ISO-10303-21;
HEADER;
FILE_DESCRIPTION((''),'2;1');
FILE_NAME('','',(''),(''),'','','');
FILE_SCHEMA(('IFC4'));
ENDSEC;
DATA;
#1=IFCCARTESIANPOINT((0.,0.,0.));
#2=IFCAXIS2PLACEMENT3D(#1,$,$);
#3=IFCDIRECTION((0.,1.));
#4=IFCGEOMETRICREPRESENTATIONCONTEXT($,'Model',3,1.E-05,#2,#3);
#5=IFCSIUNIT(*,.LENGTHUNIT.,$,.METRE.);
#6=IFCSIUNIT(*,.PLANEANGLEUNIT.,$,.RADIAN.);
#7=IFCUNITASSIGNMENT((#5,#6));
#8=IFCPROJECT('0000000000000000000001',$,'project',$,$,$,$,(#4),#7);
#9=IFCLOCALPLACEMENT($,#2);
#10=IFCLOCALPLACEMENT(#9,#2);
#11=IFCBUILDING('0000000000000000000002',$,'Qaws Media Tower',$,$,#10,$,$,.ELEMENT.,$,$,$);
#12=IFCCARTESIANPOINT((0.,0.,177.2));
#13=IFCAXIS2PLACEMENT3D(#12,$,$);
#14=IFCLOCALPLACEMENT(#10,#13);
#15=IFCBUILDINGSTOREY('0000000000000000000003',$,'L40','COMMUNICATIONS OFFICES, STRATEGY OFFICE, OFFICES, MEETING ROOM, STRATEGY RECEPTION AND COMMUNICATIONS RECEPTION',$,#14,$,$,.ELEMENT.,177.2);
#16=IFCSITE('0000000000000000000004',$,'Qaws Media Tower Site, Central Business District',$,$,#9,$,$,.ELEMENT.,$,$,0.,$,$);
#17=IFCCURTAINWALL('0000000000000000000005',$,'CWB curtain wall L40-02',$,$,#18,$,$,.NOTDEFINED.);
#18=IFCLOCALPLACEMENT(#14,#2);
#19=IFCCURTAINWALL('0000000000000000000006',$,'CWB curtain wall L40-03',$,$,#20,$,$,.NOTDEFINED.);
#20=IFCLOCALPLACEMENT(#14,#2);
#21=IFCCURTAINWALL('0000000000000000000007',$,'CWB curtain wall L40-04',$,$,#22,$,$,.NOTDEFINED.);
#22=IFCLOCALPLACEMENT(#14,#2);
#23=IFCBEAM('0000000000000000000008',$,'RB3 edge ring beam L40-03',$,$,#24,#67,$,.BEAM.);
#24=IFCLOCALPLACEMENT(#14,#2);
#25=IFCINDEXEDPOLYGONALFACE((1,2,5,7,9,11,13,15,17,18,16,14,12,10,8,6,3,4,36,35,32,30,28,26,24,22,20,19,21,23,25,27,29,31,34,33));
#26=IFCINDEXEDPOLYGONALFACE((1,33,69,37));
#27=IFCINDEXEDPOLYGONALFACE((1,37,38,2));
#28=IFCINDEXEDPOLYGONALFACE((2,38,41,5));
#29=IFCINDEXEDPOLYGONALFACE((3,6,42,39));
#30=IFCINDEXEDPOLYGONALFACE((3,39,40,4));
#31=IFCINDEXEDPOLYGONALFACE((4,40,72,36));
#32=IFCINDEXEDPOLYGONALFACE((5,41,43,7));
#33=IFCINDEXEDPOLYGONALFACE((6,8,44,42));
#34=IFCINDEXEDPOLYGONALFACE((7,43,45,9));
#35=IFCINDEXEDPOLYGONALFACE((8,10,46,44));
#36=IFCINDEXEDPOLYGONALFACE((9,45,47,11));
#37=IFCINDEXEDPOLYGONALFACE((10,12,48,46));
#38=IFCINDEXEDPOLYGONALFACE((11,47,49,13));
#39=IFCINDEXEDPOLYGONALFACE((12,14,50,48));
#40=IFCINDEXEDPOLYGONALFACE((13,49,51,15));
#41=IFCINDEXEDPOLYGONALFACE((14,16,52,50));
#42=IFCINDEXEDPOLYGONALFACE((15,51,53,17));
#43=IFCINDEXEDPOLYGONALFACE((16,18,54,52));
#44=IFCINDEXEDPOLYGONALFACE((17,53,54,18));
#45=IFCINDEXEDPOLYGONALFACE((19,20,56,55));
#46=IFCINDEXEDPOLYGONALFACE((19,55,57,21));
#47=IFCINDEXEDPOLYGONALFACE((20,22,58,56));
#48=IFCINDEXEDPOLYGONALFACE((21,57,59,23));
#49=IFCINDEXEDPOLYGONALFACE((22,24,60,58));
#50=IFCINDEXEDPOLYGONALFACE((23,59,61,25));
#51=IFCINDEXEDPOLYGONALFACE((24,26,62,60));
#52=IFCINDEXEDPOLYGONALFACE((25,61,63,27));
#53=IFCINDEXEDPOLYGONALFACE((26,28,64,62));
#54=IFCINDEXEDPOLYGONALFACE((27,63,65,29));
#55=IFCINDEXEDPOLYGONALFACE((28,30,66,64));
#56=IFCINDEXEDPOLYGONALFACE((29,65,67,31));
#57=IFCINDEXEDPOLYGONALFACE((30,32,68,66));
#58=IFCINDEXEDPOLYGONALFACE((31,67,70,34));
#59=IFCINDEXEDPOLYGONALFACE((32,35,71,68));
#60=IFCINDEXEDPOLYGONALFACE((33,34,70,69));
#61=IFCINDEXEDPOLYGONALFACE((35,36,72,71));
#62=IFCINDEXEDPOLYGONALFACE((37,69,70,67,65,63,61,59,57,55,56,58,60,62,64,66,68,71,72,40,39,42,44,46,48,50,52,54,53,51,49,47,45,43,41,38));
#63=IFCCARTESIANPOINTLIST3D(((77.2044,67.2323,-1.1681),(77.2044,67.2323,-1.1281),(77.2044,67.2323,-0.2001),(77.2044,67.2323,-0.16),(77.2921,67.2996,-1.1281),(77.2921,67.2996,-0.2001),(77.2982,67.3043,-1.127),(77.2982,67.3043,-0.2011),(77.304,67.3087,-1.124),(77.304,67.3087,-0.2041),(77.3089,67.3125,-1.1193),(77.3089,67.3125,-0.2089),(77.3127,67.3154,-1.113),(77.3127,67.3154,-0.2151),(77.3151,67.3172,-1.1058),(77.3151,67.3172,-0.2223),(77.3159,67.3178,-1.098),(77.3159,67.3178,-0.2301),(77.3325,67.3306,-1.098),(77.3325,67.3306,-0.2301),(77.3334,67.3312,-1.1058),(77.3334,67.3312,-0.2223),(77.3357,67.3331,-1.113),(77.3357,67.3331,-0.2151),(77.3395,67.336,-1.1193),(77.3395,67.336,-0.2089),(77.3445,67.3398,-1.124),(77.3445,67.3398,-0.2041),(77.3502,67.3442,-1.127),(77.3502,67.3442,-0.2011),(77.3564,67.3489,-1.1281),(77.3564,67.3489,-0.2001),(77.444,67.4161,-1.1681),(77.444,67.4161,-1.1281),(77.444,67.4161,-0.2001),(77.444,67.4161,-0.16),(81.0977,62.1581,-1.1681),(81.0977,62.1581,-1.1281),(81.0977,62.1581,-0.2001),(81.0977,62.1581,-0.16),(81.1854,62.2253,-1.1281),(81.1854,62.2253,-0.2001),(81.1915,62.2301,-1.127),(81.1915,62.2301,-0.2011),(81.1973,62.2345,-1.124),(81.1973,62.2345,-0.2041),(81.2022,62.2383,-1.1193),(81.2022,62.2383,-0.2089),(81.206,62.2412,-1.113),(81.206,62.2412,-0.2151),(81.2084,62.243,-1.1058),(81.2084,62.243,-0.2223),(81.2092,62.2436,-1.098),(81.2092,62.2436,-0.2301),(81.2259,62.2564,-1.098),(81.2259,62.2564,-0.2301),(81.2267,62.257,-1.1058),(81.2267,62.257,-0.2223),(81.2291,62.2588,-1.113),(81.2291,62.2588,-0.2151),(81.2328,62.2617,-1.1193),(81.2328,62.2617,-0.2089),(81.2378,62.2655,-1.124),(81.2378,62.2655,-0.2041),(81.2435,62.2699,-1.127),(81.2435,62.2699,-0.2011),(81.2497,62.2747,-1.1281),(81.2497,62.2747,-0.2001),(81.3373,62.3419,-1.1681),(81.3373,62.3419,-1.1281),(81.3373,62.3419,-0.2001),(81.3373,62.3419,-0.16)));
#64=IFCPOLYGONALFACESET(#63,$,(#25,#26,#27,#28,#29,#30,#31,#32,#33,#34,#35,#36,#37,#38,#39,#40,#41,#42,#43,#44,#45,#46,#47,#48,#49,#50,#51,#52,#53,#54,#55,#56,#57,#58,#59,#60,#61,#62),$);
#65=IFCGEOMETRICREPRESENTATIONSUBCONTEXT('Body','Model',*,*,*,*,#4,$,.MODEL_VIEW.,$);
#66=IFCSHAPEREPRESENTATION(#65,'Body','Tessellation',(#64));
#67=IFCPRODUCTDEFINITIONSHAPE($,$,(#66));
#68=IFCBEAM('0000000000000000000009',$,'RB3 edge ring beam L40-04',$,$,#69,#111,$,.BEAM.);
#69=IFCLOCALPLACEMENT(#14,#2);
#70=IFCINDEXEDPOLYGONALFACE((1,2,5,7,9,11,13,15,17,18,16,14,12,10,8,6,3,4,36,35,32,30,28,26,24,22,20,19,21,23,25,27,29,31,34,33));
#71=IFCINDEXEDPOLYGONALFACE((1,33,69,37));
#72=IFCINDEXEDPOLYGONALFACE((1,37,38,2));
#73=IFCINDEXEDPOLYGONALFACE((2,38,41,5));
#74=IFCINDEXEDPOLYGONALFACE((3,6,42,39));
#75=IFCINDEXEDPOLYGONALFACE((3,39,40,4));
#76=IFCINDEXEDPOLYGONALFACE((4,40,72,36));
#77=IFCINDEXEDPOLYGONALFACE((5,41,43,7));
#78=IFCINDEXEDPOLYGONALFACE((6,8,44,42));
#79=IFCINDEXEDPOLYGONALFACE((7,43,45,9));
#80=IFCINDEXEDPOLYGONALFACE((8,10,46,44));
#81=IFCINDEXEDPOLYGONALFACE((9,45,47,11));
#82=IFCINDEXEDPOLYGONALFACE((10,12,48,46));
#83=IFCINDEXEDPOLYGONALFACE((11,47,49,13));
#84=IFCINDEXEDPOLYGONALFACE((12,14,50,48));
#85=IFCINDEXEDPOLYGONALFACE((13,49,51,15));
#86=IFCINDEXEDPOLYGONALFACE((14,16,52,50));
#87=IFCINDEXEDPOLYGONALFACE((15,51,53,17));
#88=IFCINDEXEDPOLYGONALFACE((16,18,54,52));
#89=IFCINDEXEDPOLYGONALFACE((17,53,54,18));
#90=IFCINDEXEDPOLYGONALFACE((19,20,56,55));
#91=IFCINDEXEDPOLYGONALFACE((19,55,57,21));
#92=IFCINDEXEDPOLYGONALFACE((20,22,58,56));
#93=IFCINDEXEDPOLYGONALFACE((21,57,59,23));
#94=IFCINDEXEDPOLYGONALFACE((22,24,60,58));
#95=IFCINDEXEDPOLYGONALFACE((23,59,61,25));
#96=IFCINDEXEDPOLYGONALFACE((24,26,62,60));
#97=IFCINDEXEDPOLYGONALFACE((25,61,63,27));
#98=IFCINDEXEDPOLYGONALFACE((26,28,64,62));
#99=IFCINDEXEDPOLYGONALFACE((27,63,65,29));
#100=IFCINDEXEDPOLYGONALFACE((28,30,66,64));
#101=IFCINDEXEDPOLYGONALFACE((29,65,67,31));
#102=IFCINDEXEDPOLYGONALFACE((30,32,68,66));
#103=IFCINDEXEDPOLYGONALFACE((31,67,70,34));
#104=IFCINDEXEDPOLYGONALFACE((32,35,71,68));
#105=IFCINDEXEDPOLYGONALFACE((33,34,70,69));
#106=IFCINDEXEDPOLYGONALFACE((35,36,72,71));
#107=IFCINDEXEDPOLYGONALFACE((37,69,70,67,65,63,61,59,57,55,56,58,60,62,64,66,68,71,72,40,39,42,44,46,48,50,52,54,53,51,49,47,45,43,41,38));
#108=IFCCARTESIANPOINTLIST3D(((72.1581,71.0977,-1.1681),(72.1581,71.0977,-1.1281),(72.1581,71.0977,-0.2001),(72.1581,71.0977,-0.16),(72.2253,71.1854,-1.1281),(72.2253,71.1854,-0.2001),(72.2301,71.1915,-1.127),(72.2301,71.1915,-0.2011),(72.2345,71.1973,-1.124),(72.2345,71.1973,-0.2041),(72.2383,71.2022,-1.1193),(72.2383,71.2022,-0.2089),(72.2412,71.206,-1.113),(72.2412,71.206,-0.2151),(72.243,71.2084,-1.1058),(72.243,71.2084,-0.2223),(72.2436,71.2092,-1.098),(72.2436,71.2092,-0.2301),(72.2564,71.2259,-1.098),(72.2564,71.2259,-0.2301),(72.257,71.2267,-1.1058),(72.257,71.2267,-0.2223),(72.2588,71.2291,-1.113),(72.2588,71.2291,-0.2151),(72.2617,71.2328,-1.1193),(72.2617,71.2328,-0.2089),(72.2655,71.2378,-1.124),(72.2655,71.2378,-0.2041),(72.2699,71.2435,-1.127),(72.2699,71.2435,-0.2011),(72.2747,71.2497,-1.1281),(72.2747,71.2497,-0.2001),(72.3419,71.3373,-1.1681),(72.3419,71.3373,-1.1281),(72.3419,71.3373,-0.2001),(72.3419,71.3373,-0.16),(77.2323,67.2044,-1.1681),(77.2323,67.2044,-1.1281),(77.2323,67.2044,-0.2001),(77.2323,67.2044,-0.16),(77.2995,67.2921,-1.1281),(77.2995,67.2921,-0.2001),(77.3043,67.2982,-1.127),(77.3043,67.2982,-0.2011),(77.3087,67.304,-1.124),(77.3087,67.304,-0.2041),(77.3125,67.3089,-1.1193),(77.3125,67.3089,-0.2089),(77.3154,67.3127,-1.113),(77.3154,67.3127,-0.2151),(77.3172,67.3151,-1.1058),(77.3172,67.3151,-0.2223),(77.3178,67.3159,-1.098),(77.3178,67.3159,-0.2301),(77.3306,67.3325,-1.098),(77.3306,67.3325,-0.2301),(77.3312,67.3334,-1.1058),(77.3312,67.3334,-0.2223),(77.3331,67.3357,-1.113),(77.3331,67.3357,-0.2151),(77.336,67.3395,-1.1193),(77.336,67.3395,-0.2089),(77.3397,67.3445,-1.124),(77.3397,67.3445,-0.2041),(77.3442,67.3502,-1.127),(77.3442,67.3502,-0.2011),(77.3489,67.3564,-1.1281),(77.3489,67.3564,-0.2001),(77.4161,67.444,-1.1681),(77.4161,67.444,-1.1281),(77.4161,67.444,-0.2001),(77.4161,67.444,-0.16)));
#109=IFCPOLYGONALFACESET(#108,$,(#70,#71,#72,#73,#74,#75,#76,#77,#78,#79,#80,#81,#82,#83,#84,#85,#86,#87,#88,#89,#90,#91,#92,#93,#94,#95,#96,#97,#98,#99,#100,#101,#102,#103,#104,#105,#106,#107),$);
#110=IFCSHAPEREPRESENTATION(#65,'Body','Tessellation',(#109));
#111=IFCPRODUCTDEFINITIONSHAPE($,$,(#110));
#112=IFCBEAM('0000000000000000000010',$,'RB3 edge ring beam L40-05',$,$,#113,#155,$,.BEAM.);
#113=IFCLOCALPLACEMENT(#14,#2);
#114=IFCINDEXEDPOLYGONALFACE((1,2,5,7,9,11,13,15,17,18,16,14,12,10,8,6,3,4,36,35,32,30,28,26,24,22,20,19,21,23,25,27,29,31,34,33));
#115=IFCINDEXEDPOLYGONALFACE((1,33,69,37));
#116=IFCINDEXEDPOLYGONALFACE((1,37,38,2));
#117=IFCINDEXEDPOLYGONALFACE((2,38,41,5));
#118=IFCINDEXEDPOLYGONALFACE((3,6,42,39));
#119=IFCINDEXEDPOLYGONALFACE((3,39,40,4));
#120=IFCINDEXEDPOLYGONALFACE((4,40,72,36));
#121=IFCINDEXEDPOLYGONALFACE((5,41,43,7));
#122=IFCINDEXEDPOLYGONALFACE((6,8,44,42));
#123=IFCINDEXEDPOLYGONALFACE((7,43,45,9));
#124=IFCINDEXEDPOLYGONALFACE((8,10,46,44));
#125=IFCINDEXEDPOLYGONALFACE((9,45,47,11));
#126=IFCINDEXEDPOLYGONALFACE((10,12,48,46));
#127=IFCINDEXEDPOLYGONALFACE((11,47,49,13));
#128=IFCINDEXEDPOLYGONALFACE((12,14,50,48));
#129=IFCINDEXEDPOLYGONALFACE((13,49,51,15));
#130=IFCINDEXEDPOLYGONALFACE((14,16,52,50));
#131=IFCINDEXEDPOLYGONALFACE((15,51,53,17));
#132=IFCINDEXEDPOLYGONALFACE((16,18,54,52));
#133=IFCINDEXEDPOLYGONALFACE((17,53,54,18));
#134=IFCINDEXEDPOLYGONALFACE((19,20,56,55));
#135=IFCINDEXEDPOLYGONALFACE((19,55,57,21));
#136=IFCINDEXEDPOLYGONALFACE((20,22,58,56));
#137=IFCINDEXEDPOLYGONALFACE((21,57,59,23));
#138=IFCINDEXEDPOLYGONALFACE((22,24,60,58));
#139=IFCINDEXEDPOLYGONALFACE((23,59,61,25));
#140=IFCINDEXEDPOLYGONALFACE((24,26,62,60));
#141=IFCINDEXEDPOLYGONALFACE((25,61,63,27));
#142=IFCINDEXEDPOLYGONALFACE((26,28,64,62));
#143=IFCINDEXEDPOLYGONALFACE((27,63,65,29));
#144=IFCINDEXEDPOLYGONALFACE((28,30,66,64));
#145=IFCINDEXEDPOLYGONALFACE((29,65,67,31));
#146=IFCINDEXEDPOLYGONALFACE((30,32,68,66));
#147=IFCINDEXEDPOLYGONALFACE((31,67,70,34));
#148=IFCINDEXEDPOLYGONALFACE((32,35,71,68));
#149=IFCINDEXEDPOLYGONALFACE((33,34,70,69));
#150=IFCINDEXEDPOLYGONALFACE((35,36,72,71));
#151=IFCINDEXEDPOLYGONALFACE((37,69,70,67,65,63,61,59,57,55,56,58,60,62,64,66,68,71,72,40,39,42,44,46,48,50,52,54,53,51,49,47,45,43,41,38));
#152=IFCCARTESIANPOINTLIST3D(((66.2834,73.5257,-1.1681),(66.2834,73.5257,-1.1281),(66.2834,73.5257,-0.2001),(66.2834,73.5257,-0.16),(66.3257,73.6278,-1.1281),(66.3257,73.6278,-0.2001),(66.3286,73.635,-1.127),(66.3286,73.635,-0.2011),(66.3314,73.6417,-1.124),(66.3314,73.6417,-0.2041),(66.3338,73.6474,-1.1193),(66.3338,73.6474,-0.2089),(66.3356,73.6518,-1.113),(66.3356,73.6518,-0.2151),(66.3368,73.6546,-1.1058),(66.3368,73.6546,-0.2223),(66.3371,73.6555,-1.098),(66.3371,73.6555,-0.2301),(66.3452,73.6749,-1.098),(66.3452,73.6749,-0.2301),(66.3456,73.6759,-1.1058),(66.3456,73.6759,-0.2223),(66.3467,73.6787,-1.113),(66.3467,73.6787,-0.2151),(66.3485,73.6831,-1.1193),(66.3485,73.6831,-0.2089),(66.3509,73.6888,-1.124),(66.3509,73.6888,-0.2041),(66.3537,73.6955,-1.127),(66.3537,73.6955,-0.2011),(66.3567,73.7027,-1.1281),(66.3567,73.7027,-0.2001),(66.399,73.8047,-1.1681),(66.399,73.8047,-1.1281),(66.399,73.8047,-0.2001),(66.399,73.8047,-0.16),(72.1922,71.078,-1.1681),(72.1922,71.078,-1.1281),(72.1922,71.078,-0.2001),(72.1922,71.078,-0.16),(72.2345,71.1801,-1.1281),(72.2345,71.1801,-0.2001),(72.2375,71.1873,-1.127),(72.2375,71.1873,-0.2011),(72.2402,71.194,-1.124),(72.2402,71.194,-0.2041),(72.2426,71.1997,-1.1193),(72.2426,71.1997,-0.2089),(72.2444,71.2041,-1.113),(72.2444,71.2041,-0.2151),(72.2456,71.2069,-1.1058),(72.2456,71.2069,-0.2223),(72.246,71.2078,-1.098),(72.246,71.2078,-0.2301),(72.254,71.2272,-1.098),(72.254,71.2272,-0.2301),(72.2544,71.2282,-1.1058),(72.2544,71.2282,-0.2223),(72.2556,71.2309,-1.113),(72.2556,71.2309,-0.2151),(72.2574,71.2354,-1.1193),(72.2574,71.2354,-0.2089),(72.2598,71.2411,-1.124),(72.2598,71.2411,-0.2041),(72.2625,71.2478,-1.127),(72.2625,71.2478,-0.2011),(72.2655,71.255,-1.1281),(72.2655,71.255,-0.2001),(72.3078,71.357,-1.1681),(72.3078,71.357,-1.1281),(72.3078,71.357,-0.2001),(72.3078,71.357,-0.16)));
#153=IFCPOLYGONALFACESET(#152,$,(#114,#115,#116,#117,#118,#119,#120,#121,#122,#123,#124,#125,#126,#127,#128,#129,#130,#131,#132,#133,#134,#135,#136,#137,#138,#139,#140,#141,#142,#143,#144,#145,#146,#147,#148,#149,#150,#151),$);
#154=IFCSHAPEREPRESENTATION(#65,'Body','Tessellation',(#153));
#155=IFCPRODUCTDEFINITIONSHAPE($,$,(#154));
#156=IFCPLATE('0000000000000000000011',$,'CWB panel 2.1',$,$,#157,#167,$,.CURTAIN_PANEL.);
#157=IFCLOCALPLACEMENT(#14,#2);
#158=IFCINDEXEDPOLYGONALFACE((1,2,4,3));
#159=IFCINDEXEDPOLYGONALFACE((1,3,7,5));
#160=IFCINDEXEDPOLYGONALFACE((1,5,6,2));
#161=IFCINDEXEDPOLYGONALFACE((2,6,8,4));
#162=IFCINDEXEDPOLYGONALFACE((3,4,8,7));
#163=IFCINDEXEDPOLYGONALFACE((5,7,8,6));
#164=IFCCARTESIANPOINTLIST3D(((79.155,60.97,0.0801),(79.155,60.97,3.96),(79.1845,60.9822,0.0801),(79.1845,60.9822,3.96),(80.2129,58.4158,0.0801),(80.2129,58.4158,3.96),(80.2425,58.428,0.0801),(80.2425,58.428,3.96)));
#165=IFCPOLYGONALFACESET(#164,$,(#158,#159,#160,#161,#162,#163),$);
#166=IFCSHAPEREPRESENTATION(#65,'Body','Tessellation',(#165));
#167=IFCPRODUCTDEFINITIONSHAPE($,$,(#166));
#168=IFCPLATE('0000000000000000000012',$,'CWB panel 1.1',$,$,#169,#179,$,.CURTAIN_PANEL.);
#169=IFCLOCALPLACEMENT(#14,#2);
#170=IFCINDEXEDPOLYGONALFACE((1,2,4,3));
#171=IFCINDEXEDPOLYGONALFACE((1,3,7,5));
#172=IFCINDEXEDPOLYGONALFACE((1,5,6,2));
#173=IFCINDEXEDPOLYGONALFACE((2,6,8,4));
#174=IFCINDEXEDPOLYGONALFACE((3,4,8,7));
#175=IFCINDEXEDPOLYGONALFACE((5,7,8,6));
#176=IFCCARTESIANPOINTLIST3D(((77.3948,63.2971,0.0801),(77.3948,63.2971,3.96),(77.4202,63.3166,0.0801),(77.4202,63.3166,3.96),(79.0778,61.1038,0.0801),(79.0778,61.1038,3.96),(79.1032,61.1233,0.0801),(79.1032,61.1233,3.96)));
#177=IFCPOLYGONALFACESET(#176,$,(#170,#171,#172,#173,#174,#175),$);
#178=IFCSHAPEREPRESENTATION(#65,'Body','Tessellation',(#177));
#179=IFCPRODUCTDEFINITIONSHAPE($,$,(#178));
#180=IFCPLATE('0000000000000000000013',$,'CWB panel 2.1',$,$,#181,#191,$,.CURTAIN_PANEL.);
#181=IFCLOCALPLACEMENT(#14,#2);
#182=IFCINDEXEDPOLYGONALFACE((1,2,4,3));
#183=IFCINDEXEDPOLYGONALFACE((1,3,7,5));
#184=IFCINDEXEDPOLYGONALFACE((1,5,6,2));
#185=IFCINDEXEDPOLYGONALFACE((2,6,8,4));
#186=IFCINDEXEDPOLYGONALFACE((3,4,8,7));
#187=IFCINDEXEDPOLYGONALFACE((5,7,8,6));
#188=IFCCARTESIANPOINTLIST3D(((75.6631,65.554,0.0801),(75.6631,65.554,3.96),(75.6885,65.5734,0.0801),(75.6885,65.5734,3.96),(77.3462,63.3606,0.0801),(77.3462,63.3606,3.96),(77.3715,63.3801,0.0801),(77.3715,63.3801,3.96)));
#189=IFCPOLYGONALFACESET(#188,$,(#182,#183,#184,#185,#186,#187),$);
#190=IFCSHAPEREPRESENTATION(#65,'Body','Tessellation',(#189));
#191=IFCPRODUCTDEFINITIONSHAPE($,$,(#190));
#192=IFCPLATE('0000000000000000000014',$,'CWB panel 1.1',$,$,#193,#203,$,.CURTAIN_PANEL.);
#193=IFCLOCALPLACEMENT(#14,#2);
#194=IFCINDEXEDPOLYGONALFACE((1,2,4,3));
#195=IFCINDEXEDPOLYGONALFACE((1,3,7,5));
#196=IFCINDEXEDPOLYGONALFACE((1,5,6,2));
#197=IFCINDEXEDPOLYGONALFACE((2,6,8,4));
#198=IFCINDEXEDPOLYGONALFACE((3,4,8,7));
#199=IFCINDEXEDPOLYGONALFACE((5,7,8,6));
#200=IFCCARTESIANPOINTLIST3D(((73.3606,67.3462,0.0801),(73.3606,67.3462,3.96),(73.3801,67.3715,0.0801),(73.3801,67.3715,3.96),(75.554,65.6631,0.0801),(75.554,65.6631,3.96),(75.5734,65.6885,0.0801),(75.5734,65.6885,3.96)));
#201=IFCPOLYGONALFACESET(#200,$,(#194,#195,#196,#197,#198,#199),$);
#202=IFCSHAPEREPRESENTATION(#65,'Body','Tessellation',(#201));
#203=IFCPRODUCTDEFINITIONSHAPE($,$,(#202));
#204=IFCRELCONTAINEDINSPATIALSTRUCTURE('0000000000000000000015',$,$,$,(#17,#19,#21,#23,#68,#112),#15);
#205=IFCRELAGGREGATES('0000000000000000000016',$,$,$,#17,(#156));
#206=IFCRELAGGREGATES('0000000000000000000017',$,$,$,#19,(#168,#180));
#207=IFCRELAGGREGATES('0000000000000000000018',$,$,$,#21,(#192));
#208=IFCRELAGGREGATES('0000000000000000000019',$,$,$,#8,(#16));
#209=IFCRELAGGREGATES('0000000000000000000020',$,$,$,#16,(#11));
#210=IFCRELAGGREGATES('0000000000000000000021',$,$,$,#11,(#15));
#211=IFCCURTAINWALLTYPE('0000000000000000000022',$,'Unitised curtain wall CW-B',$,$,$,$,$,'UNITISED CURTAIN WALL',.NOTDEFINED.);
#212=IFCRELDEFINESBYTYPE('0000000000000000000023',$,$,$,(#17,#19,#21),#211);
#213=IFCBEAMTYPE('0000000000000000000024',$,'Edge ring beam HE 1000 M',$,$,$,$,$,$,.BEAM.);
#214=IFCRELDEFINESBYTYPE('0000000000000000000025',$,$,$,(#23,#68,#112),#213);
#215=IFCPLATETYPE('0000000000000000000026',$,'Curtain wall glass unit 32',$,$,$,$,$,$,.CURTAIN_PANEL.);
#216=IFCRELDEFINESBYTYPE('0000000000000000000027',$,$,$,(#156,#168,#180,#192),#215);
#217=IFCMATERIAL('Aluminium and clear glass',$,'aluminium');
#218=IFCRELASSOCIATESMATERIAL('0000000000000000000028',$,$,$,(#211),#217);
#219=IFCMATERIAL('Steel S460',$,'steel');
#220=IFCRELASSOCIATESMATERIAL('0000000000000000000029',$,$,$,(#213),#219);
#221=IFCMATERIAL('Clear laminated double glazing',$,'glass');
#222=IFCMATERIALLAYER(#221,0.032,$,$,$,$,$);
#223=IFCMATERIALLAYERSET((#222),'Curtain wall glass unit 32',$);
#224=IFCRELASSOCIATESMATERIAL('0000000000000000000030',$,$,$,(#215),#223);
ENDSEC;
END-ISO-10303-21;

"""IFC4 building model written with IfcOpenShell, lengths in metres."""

from ifc_helpers import new_model, si_unit, direction, frame, origin, origin_2d, place, context, subcontext, project, spatial, rectangle, i_section, extrude, material, layer, layer_set, material_profile, profile_set, type_object, element, aggregate, save


model = new_model("IFC4")

# Units and contexts
model_context = context("Model", 3, precision=1e-05, world=origin(), true_north=direction((0.0, 1.0)))
body_context = subcontext(model_context, "Body", "Model", "MODEL_VIEW")
ifc_project = project(units=[si_unit("LENGTHUNIT", "METRE"), si_unit("PLANEANGLEUNIT", "RADIAN")], contexts=[model_context])

# Site, building, storey
site_placement = place(None, origin())
site = spatial("IfcSite", under=ifc_project, at=site_placement, Name="Qaws Media Tower Site, Central Business District", CompositionType="ELEMENT", RefElevation=0.0)
building_placement = place(site_placement, origin())
building = spatial("IfcBuilding", under=site, at=building_placement, Name="Qaws Media Tower", CompositionType="ELEMENT")
storey_placement = place(building_placement, frame((0.0, 0.0, 177.2)))
storey = spatial("IfcBuildingStorey", under=building, at=storey_placement, Name="L40", Description="COMMUNICATIONS OFFICES, STRATEGY OFFICE, OFFICES, MEETING ROOM, STRATEGY RECEPTION AND COMMUNICATIONS RECEPTION", CompositionType="ELEMENT", Elevation=177.2)

# Curtain wall
ifc_material_1 = material(Name="Aluminium and clear glass", Category="aluminium")
curtain_wall_type = type_object("IfcCurtainWallType", Name="Unitised curtain wall CW-B", ElementType="UNITISED CURTAIN WALL", PredefinedType="NOTDEFINED", material=ifc_material_1)
curtain_wall_1_placement = place(storey_placement, origin())
curtain_wall_1 = element("IfcCurtainWall", 1, at=curtain_wall_1_placement, inside=storey, type_object=curtain_wall_type, Name="CWB curtain wall L40-02", PredefinedType="NOTDEFINED")

# Curtain walls
curtain_wall_2_placement = place(storey_placement, origin())
curtain_wall_2 = element("IfcCurtainWall", 2, at=curtain_wall_2_placement, inside=storey, type_object=curtain_wall_type, Name="CWB curtain wall L40-03", PredefinedType="NOTDEFINED")
curtain_wall_3_placement = place(storey_placement, origin())
curtain_wall_3 = element("IfcCurtainWall", 3, at=curtain_wall_3_placement, inside=storey, type_object=curtain_wall_type, Name="CWB curtain wall L40-04", PredefinedType="NOTDEFINED")

# Beams
ifc_material_2 = material(Name="Steel S460", Category="steel")
ifc_material_profile_1 = material_profile(ifc_material_2, i_section(OverallWidth=0.302, OverallDepth=1.0081, WebThickness=0.021, FlangeThickness=0.04, FilletRadius=0.03, at=origin_2d()), Name="HE 1000 M")
ifc_profile_set_1 = profile_set([ifc_material_profile_1], Name="Steel S460")
beam_type = type_object("IfcBeamType", Name="Edge ring beam HE 1000 M", PredefinedType="BEAM", material=ifc_profile_set_1)
for number, where, z_axis, x_axis, name in (
    (4, (81.2175, 62.25, -0.6641), (-0.608734, 0.793374, 0.0), (-0.793374, -0.608734, 0.0), "RB3 edge ring beam L40-03"),
    (5, (77.3242, 67.3242, -0.6641), (-0.793374, 0.608734, 0.0), (-0.608734, -0.793374, 0.0), "RB3 edge ring beam L40-04"),
    (6, (72.25, 71.2175, -0.6641), (-0.923869, 0.382709, 0.0), (-0.382709, -0.923869, 0.0), "RB3 edge ring beam L40-05"),
):
    element("IfcBeam", number, at=place(storey_placement, frame(where, z_axis=z_axis, x_axis=x_axis)), inside=storey, type_object=beam_type, Name=name, PredefinedType="BEAM", context=body_context, shape_type="SweptSolid", body=[
        extrude(i_section(OverallWidth=0.302, OverallDepth=1.0081, WebThickness=0.021, FlangeThickness=0.04, FilletRadius=0.03, at=origin_2d()), origin(), (0.0, 0.0, 1.0), 6.3958),
    ])

# Plates
ifc_material_3 = material(Name="Clear laminated double glazing", Category="glass")
ifc_layer_1 = layer(ifc_material_3, 0.032)
ifc_layer_set_1 = layer_set([ifc_layer_1], Name="Curtain wall glass unit 32")
plate_type_1 = type_object("IfcPlateType", Name="Curtain wall glass unit 32", PredefinedType="CURTAIN_PANEL", material=ifc_layer_set_1)
plate_1_placement = place(storey_placement, frame((79.6987, 59.699, 0.0801), z_axis=(0.0, 0.0, 1.0), x_axis=(-0.382684, 0.923879, 0.0)))
plate_1 = element("IfcPlate", 7, at=plate_1_placement, type_object=plate_type_1, Name="CWB panel 2.1", PredefinedType="CURTAIN_PANEL", context=body_context, shape_type="SweptSolid", body=[
    extrude(rectangle(XDim=2.7646, YDim=0.032, at=origin_2d()), origin(), (0.0, 0.0, 1.0), 3.8799),
])
aggregate(curtain_wall_1, [plate_1])
plate_2_placement = place(storey_placement, frame((78.249, 62.2102, 0.0801), z_axis=(0.0, 0.0, 1.0), x_axis=(-0.608761, 0.793353, 0.0)))
plate_2 = element("IfcPlate", 8, at=plate_2_placement, type_object=plate_type_1, Name="CWB panel 1.1", PredefinedType="CURTAIN_PANEL", context=body_context, shape_type="SweptSolid", body=[
    extrude(rectangle(XDim=2.7646, YDim=0.032, at=origin_2d()), origin(), (0.0, 0.0, 1.0), 3.8799),
])
plate_3_placement = place(storey_placement, frame((76.5173, 64.467, 0.0801), z_axis=(0.0, 0.0, 1.0), x_axis=(-0.608761, 0.793353, 0.0)))
plate_3 = element("IfcPlate", 9, at=plate_3_placement, type_object=plate_type_1, Name="CWB panel 2.1", PredefinedType="CURTAIN_PANEL", context=body_context, shape_type="SweptSolid", body=[
    extrude(rectangle(XDim=2.7646, YDim=0.032, at=origin_2d()), origin(), (0.0, 0.0, 1.0), 3.8799),
])
aggregate(curtain_wall_2, [plate_2, plate_3])
plate_4_placement = place(storey_placement, frame((74.467, 66.5173, 0.0801), z_axis=(0.0, 0.0, 1.0), x_axis=(-0.793353, 0.608761, 0.0)))
plate_4 = element("IfcPlate", 10, at=plate_4_placement, type_object=plate_type_1, Name="CWB panel 1.1", PredefinedType="CURTAIN_PANEL", context=body_context, shape_type="SweptSolid", body=[
    extrude(rectangle(XDim=2.7646, YDim=0.032, at=origin_2d()), origin(), (0.0, 0.0, 1.0), 3.8799),
])
aggregate(curtain_wall_3, [plate_4])

save(model, "model.ifc")
